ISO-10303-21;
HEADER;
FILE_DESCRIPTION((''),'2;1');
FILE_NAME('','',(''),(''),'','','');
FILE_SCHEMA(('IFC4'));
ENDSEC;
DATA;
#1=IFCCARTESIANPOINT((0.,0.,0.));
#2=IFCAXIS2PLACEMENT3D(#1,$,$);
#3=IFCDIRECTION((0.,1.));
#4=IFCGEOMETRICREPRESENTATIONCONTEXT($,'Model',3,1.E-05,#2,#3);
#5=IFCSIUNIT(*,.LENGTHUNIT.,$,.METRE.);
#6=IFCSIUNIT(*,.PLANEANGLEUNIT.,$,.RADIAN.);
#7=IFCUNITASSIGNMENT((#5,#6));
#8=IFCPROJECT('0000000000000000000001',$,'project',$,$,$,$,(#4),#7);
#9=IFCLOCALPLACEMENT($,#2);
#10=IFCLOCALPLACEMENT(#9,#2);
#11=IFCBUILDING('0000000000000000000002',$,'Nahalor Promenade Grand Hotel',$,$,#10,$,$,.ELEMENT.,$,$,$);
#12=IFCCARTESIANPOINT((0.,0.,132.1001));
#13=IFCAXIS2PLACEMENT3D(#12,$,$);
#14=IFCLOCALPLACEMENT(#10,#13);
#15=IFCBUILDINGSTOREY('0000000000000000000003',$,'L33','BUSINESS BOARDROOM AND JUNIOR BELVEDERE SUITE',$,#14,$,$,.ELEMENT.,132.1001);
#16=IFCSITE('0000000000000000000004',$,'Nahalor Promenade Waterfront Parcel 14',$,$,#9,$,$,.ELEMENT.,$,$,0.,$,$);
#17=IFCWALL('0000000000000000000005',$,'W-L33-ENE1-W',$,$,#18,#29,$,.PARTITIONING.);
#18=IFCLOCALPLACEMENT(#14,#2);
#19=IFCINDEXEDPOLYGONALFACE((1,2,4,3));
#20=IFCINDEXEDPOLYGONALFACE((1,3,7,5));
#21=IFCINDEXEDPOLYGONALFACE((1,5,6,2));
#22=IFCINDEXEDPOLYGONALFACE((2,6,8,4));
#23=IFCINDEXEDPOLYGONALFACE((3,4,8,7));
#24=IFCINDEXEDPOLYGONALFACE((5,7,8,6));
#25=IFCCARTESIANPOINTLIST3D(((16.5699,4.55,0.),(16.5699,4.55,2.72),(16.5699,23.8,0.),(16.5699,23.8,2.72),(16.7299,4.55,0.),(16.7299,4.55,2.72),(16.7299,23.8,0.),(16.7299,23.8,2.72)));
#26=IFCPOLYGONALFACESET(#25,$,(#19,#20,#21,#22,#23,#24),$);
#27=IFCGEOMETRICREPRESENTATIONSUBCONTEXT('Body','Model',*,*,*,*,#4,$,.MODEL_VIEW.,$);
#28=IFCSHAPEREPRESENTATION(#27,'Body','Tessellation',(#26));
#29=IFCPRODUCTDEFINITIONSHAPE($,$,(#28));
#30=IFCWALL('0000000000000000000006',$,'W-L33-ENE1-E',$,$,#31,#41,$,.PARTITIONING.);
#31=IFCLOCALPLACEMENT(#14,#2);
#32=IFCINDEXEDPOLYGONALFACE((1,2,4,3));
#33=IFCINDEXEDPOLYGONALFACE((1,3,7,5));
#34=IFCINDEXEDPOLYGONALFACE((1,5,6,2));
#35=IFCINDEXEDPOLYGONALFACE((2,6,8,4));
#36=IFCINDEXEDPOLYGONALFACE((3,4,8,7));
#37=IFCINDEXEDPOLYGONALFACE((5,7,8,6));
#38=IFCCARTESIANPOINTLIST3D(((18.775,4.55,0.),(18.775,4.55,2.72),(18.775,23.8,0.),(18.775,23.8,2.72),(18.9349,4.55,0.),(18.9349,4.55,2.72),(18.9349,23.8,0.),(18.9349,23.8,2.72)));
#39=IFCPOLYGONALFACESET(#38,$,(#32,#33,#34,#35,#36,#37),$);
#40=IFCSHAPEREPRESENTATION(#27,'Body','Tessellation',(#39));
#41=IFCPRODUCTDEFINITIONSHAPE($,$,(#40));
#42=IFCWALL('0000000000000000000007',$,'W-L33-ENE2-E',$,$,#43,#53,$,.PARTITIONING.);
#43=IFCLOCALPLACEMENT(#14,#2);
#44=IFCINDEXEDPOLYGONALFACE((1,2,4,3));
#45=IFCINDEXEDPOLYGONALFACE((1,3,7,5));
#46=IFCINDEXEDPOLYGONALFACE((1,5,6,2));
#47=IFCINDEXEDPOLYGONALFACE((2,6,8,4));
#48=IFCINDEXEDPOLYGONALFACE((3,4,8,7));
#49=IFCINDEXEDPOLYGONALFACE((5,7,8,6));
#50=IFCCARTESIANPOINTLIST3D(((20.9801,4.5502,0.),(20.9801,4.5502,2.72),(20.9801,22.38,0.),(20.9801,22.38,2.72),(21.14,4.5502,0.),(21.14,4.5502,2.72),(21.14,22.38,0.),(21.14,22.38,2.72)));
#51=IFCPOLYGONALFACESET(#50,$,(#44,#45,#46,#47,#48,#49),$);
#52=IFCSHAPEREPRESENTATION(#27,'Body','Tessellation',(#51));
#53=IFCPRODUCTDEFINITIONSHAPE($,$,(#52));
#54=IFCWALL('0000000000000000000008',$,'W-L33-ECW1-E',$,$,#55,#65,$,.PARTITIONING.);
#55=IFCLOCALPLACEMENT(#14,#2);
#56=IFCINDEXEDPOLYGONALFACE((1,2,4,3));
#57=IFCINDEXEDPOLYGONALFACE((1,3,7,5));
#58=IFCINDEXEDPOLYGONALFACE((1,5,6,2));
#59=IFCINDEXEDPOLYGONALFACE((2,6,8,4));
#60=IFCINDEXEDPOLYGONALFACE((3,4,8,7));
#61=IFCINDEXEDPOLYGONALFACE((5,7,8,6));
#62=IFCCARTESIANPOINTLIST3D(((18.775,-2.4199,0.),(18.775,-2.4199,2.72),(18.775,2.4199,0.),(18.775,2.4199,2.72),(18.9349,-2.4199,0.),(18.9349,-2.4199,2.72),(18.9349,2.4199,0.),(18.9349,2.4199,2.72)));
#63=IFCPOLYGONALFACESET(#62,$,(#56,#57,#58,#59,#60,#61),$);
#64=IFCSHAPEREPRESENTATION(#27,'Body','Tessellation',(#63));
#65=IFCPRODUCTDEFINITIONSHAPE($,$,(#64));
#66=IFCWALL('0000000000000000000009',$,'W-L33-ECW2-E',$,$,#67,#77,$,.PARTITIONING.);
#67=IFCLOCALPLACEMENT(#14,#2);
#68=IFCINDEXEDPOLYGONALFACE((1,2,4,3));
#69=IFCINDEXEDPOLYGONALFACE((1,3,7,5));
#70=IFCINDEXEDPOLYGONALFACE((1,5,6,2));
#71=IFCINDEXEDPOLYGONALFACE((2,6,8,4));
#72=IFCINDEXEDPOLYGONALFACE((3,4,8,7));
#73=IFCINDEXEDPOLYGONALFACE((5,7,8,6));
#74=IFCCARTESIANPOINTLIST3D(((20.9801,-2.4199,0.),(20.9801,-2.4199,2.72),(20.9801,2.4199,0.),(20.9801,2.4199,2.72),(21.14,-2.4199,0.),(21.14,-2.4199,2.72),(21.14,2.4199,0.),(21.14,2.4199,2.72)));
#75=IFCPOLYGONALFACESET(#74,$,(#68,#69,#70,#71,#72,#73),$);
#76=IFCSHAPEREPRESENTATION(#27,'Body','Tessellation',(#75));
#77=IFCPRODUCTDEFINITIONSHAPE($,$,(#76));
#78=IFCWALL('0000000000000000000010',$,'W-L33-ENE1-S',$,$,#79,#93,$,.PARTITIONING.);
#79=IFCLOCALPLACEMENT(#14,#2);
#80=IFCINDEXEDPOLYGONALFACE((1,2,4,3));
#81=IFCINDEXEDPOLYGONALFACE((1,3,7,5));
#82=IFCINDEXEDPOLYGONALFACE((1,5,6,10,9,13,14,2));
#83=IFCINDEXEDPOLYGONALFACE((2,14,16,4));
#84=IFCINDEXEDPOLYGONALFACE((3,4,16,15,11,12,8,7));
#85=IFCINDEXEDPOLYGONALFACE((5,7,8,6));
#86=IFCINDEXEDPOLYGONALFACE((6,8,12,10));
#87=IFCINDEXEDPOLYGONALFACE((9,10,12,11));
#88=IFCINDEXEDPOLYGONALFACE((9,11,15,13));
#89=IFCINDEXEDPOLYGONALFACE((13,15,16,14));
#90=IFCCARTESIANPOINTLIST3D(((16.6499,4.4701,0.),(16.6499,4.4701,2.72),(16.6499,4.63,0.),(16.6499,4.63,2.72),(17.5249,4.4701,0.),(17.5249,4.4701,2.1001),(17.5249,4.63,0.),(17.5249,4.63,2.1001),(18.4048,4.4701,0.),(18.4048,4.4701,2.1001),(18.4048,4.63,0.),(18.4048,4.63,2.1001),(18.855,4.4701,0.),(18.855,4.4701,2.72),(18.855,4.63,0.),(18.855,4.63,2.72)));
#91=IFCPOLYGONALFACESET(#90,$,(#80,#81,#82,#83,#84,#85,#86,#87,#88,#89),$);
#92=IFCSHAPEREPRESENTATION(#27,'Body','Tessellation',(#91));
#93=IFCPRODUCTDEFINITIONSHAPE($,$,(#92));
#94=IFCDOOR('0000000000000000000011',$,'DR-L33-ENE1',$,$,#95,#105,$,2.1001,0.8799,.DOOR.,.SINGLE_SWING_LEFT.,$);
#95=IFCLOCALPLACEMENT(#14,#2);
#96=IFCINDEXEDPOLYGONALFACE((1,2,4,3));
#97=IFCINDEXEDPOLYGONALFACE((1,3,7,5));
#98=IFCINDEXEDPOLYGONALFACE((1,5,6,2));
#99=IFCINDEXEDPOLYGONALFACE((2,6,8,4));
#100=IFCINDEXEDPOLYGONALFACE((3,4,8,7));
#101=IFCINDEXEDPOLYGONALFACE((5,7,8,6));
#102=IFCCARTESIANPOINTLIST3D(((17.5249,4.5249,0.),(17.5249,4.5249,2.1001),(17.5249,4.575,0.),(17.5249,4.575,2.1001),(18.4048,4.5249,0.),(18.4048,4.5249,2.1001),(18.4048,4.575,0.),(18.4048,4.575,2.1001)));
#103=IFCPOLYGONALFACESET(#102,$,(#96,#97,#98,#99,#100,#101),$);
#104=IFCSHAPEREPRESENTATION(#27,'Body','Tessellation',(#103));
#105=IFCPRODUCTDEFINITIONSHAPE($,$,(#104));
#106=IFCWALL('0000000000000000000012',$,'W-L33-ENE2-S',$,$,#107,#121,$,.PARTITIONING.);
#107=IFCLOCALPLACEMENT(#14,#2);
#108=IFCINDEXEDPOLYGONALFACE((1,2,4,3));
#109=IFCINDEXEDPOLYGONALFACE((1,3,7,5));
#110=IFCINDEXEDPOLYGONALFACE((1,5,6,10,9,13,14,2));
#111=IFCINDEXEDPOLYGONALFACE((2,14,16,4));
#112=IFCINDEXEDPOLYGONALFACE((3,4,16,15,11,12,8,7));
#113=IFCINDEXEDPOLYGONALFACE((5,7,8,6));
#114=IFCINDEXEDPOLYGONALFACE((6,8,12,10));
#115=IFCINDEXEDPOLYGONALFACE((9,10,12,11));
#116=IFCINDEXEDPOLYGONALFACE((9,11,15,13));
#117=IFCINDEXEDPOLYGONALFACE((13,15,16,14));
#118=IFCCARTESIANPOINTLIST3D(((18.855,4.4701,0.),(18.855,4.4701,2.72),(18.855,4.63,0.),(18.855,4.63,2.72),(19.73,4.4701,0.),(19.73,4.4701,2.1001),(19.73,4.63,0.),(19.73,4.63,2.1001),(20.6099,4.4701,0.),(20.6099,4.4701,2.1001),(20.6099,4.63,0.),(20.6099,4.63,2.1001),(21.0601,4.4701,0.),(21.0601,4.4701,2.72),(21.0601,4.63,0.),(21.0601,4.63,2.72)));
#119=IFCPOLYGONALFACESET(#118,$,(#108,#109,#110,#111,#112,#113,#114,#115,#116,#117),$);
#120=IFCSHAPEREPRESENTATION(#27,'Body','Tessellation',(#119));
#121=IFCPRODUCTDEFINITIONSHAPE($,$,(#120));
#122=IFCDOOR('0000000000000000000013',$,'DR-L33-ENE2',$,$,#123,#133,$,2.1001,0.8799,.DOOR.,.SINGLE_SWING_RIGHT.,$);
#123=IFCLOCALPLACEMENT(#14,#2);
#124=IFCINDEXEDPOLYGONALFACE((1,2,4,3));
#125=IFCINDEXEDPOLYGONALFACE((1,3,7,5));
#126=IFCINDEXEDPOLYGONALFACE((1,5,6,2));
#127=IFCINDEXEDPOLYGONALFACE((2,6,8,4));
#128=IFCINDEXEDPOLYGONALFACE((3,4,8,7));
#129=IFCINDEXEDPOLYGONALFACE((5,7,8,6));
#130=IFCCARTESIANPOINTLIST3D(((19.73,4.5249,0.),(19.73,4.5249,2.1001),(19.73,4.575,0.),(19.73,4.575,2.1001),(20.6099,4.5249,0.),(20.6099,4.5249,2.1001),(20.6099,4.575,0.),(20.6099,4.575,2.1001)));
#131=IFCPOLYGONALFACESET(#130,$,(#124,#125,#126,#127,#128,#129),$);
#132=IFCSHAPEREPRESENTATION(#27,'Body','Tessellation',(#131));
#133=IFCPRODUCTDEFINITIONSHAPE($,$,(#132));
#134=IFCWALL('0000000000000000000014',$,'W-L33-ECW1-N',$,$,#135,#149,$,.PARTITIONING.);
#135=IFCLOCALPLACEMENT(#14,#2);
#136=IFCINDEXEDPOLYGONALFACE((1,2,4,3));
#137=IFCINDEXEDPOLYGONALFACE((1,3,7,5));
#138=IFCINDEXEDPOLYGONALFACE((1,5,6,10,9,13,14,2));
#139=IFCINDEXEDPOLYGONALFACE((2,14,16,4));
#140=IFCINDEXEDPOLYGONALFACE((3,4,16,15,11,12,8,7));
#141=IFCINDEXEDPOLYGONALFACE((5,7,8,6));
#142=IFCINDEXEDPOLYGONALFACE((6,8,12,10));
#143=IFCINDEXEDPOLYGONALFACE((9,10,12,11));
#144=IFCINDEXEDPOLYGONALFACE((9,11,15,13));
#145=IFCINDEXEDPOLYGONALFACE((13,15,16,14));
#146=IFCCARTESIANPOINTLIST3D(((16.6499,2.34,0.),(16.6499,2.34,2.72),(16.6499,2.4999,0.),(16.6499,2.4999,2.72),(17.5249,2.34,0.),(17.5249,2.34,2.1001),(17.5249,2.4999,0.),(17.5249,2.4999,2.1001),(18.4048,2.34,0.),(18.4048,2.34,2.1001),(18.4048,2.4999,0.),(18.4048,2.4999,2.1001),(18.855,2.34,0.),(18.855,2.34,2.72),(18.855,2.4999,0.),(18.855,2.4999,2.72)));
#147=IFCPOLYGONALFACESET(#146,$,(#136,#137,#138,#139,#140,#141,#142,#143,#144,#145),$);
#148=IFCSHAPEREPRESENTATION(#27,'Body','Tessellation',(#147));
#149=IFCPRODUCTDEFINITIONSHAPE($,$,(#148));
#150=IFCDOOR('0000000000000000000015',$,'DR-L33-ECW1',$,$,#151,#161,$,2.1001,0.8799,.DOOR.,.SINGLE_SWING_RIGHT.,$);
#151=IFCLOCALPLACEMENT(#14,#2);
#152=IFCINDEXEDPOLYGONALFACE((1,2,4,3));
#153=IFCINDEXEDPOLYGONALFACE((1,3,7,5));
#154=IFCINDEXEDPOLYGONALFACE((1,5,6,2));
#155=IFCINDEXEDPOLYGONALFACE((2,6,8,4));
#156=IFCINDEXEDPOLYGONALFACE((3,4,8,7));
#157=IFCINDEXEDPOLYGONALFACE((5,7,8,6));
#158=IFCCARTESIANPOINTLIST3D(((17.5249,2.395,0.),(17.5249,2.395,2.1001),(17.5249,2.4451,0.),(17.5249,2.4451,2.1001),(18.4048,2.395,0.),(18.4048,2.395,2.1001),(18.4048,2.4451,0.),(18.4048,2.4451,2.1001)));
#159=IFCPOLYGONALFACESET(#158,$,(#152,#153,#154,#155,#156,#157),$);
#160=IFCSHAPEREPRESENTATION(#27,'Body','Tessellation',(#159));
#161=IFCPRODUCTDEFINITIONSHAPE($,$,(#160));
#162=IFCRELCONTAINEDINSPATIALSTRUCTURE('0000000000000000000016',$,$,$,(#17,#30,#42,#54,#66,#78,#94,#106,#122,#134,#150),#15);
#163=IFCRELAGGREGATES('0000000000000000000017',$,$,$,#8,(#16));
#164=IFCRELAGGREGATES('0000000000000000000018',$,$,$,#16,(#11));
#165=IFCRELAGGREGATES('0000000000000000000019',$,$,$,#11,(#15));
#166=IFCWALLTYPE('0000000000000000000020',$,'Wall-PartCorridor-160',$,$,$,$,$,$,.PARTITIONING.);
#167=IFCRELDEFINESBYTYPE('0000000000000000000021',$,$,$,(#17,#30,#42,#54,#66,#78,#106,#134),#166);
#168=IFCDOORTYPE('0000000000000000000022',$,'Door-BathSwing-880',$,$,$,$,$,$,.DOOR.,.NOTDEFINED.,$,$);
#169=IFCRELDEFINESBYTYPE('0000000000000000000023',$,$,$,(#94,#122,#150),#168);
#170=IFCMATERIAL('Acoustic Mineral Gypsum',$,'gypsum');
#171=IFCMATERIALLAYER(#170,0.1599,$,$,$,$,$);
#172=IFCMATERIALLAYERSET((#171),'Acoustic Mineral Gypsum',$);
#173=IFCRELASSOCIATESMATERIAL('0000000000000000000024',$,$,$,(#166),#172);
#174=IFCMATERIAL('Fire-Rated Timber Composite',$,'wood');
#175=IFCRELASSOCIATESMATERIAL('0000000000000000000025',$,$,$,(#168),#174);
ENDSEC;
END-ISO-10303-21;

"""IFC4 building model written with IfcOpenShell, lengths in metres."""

from ifc_helpers import new_model, si_unit, direction, frame, frame_2d, origin, place, context, subcontext, project, spatial, rectangle, extrude, source, transform, mapped, material, layer, layer_set, type_object, element, fill, save


model = new_model("IFC4")

# Units and contexts
model_context = context("Model", 3, precision=1e-05, world=origin(), true_north=direction((0.0, 1.0)))
body_context = subcontext(model_context, "Body", "Model", "MODEL_VIEW")
ifc_project = project(units=[si_unit("LENGTHUNIT", "METRE"), si_unit("PLANEANGLEUNIT", "RADIAN")], contexts=[model_context])

# Site, building, storey
site_placement = place(None, origin())
site = spatial("IfcSite", under=ifc_project, at=site_placement, Name="Nahalor Promenade Waterfront Parcel 14", CompositionType="ELEMENT", RefElevation=0.0)
building_placement = place(site_placement, origin())
building = spatial("IfcBuilding", under=site, at=building_placement, Name="Nahalor Promenade Grand Hotel", CompositionType="ELEMENT")
storey_placement = place(building_placement, frame((0.0, 0.0, 132.1001)))
storey = spatial("IfcBuildingStorey", under=building, at=storey_placement, Name="L33", Description="BUSINESS BOARDROOM AND JUNIOR BELVEDERE SUITE", CompositionType="ELEMENT", Elevation=132.1001)

# Walls
ifc_material_1 = material(Name="Acoustic Mineral Gypsum", Category="gypsum")
ifc_layer_1 = layer(ifc_material_1, 0.1599)
ifc_layer_set_1 = layer_set([ifc_layer_1], Name="Acoustic Mineral Gypsum")
wall_type_1 = type_object("IfcWallType", Name="Wall-PartCorridor-160", PredefinedType="PARTITIONING", material=ifc_layer_set_1)
shared_shape_1 = source(origin(), body_context, "Body", "SweptSolid", [
    extrude(rectangle(XDim=19.25, YDim=0.1599, at=frame_2d((9.625, 0.0))), origin(), (0.0, 0.0, 1.0), 2.72),
])
for number, where, z_axis, x_axis, name in (
    (1, (16.6499, 4.55, 0.0), (0.0, 0.0, 1.0), (0.0, 1.0, 0.0), "W-L33-ENE1-W"),
    (2, (18.855, 4.55, 0.0), (0.0, 0.0, 1.0), (0.0, 1.0, 0.0), "W-L33-ENE1-E"),
):
    element("IfcWall", number, at=place(storey_placement, frame(where, z_axis=z_axis, x_axis=x_axis)), inside=storey, type_object=wall_type_1, Name=name, PredefinedType="PARTITIONING", context=body_context, shape_type="MappedRepresentation", body=[
        mapped(shared_shape_1, transform((0.0, 0.0, 0.0), scale=1.0)),
    ])
shared_shape_2 = source(origin(), body_context, "Body", "SweptSolid", [
    extrude(rectangle(XDim=17.8298, YDim=0.1599, at=frame_2d((8.915, 0.0))), origin(), (0.0, 0.0, 1.0), 2.72),
])
wall_1_placement = place(storey_placement, frame((21.0601, 4.55, 0.0), z_axis=(0.0, 0.0, 1.0), x_axis=(0.0, 1.0, 0.0)))
element("IfcWall", 3, at=wall_1_placement, inside=storey, type_object=wall_type_1, Name="W-L33-ENE2-E", PredefinedType="PARTITIONING", context=body_context, shape_type="MappedRepresentation", body=[
    mapped(shared_shape_2, transform((0.0, 0.0, 0.0), scale=1.0)),
])
shared_shape_3 = source(origin(), body_context, "Body", "SweptSolid", [
    extrude(rectangle(XDim=4.8398, YDim=0.1599, at=frame_2d((2.4199, 0.0))), origin(), (0.0, 0.0, 1.0), 2.72),
])
for number, where, z_axis, x_axis, name in (
    (4, (18.855, -2.4199, 0.0), (0.0, 0.0, 1.0), (0.0, 1.0, 0.0), "W-L33-ECW1-E"),
    (5, (21.0601, -2.4199, 0.0), (0.0, 0.0, 1.0), (0.0, 1.0, 0.0), "W-L33-ECW2-E"),
):
    element("IfcWall", number, at=place(storey_placement, frame(where, z_axis=z_axis, x_axis=x_axis)), inside=storey, type_object=wall_type_1, Name=name, PredefinedType="PARTITIONING", context=body_context, shape_type="MappedRepresentation", body=[
        mapped(shared_shape_3, transform((0.0, 0.0, 0.0), scale=1.0)),
    ])

# Walls, openings, doors
shared_shape_4 = source(origin(), body_context, "Body", "SweptSolid", [
    extrude(rectangle(XDim=2.2051, YDim=0.1599, at=frame_2d((1.1025, 0.0))), origin(), (0.0, 0.0, 1.0), 2.72),
])
wall_2_placement = place(storey_placement, frame((16.6499, 4.55, 0.0), z_axis=(0.0, 0.0, 1.0), x_axis=(1.0, 0.0, 0.0)))
wall_2 = element("IfcWall", 6, at=wall_2_placement, inside=storey, type_object=wall_type_1, Name="W-L33-ENE1-S", PredefinedType="PARTITIONING", context=body_context, shape_type="MappedRepresentation", body=[
    mapped(shared_shape_4, transform((0.0, 0.0, 0.0), scale=1.0)),
])
opening_1_placement = place(wall_2_placement, frame((0.875, 0.0, 0.0)))
opening_1 = element("IfcOpeningElement", 7, at=opening_1_placement, cuts=wall_2, PredefinedType="OPENING", context=body_context, shape_type="SweptSolid", body=[
    extrude(rectangle(XDim=0.8799, YDim=2.1001, at=frame_2d((0.4399, 1.05))), frame((0.0, 0.0898, 0.0), z_axis=(0.0, -1.0, 0.0), x_axis=(1.0, 0.0, 0.0)), (0.0, 0.0, 1.0), 0.1799),
])
ifc_material_2 = material(Name="Fire-Rated Timber Composite", Category="wood")
door_type_1 = type_object("IfcDoorType", Name="Door-BathSwing-880", OperationType="NOTDEFINED", PredefinedType="DOOR", material=ifc_material_2)
shared_shape_5 = source(origin(), body_context, "Body", "SweptSolid", [
    extrude(rectangle(XDim=0.8799, YDim=2.1001, at=frame_2d((0.4399, 1.05))), frame((0.0, 0.0249, 0.0), z_axis=(0.0, -1.0, 0.0), x_axis=(1.0, 0.0, 0.0)), (0.0, 0.0, 1.0), 0.05),
])
door_1_placement = place(opening_1_placement, origin())
door_1 = element("IfcDoor", 8, at=door_1_placement, inside=storey, type_object=door_type_1, Name="DR-L33-ENE1", OperationType="SINGLE_SWING_LEFT", OverallHeight=2.1001, OverallWidth=0.8799, PredefinedType="DOOR", context=body_context, shape_type="MappedRepresentation", body=[
    mapped(shared_shape_5, transform((0.0, 0.0, 0.0), scale=1.0)),
])
fill(opening_1, door_1)
wall_3_placement = place(storey_placement, frame((18.855, 4.55, 0.0), z_axis=(0.0, 0.0, 1.0), x_axis=(1.0, 0.0, 0.0)))
wall_3 = element("IfcWall", 9, at=wall_3_placement, inside=storey, type_object=wall_type_1, Name="W-L33-ENE2-S", PredefinedType="PARTITIONING", context=body_context, shape_type="MappedRepresentation", body=[
    mapped(shared_shape_4, transform((0.0, 0.0, 0.0), scale=1.0)),
])
opening_2_placement = place(wall_3_placement, frame((0.875, 0.0, 0.0)))
opening_2 = element("IfcOpeningElement", 10, at=opening_2_placement, cuts=wall_3, PredefinedType="OPENING", context=body_context, shape_type="SweptSolid", body=[
    extrude(rectangle(XDim=0.8799, YDim=2.1001, at=frame_2d((0.4399, 1.05))), frame((0.0, 0.0898, 0.0), z_axis=(0.0, -1.0, 0.0), x_axis=(1.0, 0.0, 0.0)), (0.0, 0.0, 1.0), 0.1799),
])
door_2_placement = place(opening_2_placement, origin())
door_2 = element("IfcDoor", 11, at=door_2_placement, inside=storey, type_object=door_type_1, Name="DR-L33-ENE2", OperationType="SINGLE_SWING_RIGHT", OverallHeight=2.1001, OverallWidth=0.8799, PredefinedType="DOOR", context=body_context, shape_type="MappedRepresentation", body=[
    mapped(shared_shape_5, transform((0.0, 0.0, 0.0), scale=1.0)),
])
fill(opening_2, door_2)
wall_4_placement = place(storey_placement, frame((16.6499, 2.4199, 0.0), z_axis=(0.0, 0.0, 1.0), x_axis=(1.0, 0.0, 0.0)))
wall_4 = element("IfcWall", 12, at=wall_4_placement, inside=storey, type_object=wall_type_1, Name="W-L33-ECW1-N", PredefinedType="PARTITIONING", context=body_context, shape_type="MappedRepresentation", body=[
    mapped(shared_shape_4, transform((0.0, 0.0, 0.0), scale=1.0)),
])
opening_3_placement = place(wall_4_placement, frame((0.875, 0.0, 0.0)))
opening_3 = element("IfcOpeningElement", 13, at=opening_3_placement, cuts=wall_4, PredefinedType="OPENING", context=body_context, shape_type="SweptSolid", body=[
    extrude(rectangle(XDim=0.8799, YDim=2.1001, at=frame_2d((0.4399, 1.05))), frame((0.0, 0.0898, 0.0), z_axis=(0.0, -1.0, 0.0), x_axis=(1.0, 0.0, 0.0)), (0.0, 0.0, 1.0), 0.1799),
])
door_3_placement = place(opening_3_placement, frame((0.8799, 0.0, 0.0), z_axis=(0.0, 0.0, 1.0), x_axis=(-1.0, 0.0, 0.0)))
door_3 = element("IfcDoor", 14, at=door_3_placement, inside=storey, type_object=door_type_1, Name="DR-L33-ECW1", OperationType="SINGLE_SWING_RIGHT", OverallHeight=2.1001, OverallWidth=0.8799, PredefinedType="DOOR", context=body_context, shape_type="MappedRepresentation", body=[
    mapped(shared_shape_5, transform((0.0, 0.0, 0.0), scale=1.0)),
])
fill(opening_3, door_3)

save(model, "model.ifc")
